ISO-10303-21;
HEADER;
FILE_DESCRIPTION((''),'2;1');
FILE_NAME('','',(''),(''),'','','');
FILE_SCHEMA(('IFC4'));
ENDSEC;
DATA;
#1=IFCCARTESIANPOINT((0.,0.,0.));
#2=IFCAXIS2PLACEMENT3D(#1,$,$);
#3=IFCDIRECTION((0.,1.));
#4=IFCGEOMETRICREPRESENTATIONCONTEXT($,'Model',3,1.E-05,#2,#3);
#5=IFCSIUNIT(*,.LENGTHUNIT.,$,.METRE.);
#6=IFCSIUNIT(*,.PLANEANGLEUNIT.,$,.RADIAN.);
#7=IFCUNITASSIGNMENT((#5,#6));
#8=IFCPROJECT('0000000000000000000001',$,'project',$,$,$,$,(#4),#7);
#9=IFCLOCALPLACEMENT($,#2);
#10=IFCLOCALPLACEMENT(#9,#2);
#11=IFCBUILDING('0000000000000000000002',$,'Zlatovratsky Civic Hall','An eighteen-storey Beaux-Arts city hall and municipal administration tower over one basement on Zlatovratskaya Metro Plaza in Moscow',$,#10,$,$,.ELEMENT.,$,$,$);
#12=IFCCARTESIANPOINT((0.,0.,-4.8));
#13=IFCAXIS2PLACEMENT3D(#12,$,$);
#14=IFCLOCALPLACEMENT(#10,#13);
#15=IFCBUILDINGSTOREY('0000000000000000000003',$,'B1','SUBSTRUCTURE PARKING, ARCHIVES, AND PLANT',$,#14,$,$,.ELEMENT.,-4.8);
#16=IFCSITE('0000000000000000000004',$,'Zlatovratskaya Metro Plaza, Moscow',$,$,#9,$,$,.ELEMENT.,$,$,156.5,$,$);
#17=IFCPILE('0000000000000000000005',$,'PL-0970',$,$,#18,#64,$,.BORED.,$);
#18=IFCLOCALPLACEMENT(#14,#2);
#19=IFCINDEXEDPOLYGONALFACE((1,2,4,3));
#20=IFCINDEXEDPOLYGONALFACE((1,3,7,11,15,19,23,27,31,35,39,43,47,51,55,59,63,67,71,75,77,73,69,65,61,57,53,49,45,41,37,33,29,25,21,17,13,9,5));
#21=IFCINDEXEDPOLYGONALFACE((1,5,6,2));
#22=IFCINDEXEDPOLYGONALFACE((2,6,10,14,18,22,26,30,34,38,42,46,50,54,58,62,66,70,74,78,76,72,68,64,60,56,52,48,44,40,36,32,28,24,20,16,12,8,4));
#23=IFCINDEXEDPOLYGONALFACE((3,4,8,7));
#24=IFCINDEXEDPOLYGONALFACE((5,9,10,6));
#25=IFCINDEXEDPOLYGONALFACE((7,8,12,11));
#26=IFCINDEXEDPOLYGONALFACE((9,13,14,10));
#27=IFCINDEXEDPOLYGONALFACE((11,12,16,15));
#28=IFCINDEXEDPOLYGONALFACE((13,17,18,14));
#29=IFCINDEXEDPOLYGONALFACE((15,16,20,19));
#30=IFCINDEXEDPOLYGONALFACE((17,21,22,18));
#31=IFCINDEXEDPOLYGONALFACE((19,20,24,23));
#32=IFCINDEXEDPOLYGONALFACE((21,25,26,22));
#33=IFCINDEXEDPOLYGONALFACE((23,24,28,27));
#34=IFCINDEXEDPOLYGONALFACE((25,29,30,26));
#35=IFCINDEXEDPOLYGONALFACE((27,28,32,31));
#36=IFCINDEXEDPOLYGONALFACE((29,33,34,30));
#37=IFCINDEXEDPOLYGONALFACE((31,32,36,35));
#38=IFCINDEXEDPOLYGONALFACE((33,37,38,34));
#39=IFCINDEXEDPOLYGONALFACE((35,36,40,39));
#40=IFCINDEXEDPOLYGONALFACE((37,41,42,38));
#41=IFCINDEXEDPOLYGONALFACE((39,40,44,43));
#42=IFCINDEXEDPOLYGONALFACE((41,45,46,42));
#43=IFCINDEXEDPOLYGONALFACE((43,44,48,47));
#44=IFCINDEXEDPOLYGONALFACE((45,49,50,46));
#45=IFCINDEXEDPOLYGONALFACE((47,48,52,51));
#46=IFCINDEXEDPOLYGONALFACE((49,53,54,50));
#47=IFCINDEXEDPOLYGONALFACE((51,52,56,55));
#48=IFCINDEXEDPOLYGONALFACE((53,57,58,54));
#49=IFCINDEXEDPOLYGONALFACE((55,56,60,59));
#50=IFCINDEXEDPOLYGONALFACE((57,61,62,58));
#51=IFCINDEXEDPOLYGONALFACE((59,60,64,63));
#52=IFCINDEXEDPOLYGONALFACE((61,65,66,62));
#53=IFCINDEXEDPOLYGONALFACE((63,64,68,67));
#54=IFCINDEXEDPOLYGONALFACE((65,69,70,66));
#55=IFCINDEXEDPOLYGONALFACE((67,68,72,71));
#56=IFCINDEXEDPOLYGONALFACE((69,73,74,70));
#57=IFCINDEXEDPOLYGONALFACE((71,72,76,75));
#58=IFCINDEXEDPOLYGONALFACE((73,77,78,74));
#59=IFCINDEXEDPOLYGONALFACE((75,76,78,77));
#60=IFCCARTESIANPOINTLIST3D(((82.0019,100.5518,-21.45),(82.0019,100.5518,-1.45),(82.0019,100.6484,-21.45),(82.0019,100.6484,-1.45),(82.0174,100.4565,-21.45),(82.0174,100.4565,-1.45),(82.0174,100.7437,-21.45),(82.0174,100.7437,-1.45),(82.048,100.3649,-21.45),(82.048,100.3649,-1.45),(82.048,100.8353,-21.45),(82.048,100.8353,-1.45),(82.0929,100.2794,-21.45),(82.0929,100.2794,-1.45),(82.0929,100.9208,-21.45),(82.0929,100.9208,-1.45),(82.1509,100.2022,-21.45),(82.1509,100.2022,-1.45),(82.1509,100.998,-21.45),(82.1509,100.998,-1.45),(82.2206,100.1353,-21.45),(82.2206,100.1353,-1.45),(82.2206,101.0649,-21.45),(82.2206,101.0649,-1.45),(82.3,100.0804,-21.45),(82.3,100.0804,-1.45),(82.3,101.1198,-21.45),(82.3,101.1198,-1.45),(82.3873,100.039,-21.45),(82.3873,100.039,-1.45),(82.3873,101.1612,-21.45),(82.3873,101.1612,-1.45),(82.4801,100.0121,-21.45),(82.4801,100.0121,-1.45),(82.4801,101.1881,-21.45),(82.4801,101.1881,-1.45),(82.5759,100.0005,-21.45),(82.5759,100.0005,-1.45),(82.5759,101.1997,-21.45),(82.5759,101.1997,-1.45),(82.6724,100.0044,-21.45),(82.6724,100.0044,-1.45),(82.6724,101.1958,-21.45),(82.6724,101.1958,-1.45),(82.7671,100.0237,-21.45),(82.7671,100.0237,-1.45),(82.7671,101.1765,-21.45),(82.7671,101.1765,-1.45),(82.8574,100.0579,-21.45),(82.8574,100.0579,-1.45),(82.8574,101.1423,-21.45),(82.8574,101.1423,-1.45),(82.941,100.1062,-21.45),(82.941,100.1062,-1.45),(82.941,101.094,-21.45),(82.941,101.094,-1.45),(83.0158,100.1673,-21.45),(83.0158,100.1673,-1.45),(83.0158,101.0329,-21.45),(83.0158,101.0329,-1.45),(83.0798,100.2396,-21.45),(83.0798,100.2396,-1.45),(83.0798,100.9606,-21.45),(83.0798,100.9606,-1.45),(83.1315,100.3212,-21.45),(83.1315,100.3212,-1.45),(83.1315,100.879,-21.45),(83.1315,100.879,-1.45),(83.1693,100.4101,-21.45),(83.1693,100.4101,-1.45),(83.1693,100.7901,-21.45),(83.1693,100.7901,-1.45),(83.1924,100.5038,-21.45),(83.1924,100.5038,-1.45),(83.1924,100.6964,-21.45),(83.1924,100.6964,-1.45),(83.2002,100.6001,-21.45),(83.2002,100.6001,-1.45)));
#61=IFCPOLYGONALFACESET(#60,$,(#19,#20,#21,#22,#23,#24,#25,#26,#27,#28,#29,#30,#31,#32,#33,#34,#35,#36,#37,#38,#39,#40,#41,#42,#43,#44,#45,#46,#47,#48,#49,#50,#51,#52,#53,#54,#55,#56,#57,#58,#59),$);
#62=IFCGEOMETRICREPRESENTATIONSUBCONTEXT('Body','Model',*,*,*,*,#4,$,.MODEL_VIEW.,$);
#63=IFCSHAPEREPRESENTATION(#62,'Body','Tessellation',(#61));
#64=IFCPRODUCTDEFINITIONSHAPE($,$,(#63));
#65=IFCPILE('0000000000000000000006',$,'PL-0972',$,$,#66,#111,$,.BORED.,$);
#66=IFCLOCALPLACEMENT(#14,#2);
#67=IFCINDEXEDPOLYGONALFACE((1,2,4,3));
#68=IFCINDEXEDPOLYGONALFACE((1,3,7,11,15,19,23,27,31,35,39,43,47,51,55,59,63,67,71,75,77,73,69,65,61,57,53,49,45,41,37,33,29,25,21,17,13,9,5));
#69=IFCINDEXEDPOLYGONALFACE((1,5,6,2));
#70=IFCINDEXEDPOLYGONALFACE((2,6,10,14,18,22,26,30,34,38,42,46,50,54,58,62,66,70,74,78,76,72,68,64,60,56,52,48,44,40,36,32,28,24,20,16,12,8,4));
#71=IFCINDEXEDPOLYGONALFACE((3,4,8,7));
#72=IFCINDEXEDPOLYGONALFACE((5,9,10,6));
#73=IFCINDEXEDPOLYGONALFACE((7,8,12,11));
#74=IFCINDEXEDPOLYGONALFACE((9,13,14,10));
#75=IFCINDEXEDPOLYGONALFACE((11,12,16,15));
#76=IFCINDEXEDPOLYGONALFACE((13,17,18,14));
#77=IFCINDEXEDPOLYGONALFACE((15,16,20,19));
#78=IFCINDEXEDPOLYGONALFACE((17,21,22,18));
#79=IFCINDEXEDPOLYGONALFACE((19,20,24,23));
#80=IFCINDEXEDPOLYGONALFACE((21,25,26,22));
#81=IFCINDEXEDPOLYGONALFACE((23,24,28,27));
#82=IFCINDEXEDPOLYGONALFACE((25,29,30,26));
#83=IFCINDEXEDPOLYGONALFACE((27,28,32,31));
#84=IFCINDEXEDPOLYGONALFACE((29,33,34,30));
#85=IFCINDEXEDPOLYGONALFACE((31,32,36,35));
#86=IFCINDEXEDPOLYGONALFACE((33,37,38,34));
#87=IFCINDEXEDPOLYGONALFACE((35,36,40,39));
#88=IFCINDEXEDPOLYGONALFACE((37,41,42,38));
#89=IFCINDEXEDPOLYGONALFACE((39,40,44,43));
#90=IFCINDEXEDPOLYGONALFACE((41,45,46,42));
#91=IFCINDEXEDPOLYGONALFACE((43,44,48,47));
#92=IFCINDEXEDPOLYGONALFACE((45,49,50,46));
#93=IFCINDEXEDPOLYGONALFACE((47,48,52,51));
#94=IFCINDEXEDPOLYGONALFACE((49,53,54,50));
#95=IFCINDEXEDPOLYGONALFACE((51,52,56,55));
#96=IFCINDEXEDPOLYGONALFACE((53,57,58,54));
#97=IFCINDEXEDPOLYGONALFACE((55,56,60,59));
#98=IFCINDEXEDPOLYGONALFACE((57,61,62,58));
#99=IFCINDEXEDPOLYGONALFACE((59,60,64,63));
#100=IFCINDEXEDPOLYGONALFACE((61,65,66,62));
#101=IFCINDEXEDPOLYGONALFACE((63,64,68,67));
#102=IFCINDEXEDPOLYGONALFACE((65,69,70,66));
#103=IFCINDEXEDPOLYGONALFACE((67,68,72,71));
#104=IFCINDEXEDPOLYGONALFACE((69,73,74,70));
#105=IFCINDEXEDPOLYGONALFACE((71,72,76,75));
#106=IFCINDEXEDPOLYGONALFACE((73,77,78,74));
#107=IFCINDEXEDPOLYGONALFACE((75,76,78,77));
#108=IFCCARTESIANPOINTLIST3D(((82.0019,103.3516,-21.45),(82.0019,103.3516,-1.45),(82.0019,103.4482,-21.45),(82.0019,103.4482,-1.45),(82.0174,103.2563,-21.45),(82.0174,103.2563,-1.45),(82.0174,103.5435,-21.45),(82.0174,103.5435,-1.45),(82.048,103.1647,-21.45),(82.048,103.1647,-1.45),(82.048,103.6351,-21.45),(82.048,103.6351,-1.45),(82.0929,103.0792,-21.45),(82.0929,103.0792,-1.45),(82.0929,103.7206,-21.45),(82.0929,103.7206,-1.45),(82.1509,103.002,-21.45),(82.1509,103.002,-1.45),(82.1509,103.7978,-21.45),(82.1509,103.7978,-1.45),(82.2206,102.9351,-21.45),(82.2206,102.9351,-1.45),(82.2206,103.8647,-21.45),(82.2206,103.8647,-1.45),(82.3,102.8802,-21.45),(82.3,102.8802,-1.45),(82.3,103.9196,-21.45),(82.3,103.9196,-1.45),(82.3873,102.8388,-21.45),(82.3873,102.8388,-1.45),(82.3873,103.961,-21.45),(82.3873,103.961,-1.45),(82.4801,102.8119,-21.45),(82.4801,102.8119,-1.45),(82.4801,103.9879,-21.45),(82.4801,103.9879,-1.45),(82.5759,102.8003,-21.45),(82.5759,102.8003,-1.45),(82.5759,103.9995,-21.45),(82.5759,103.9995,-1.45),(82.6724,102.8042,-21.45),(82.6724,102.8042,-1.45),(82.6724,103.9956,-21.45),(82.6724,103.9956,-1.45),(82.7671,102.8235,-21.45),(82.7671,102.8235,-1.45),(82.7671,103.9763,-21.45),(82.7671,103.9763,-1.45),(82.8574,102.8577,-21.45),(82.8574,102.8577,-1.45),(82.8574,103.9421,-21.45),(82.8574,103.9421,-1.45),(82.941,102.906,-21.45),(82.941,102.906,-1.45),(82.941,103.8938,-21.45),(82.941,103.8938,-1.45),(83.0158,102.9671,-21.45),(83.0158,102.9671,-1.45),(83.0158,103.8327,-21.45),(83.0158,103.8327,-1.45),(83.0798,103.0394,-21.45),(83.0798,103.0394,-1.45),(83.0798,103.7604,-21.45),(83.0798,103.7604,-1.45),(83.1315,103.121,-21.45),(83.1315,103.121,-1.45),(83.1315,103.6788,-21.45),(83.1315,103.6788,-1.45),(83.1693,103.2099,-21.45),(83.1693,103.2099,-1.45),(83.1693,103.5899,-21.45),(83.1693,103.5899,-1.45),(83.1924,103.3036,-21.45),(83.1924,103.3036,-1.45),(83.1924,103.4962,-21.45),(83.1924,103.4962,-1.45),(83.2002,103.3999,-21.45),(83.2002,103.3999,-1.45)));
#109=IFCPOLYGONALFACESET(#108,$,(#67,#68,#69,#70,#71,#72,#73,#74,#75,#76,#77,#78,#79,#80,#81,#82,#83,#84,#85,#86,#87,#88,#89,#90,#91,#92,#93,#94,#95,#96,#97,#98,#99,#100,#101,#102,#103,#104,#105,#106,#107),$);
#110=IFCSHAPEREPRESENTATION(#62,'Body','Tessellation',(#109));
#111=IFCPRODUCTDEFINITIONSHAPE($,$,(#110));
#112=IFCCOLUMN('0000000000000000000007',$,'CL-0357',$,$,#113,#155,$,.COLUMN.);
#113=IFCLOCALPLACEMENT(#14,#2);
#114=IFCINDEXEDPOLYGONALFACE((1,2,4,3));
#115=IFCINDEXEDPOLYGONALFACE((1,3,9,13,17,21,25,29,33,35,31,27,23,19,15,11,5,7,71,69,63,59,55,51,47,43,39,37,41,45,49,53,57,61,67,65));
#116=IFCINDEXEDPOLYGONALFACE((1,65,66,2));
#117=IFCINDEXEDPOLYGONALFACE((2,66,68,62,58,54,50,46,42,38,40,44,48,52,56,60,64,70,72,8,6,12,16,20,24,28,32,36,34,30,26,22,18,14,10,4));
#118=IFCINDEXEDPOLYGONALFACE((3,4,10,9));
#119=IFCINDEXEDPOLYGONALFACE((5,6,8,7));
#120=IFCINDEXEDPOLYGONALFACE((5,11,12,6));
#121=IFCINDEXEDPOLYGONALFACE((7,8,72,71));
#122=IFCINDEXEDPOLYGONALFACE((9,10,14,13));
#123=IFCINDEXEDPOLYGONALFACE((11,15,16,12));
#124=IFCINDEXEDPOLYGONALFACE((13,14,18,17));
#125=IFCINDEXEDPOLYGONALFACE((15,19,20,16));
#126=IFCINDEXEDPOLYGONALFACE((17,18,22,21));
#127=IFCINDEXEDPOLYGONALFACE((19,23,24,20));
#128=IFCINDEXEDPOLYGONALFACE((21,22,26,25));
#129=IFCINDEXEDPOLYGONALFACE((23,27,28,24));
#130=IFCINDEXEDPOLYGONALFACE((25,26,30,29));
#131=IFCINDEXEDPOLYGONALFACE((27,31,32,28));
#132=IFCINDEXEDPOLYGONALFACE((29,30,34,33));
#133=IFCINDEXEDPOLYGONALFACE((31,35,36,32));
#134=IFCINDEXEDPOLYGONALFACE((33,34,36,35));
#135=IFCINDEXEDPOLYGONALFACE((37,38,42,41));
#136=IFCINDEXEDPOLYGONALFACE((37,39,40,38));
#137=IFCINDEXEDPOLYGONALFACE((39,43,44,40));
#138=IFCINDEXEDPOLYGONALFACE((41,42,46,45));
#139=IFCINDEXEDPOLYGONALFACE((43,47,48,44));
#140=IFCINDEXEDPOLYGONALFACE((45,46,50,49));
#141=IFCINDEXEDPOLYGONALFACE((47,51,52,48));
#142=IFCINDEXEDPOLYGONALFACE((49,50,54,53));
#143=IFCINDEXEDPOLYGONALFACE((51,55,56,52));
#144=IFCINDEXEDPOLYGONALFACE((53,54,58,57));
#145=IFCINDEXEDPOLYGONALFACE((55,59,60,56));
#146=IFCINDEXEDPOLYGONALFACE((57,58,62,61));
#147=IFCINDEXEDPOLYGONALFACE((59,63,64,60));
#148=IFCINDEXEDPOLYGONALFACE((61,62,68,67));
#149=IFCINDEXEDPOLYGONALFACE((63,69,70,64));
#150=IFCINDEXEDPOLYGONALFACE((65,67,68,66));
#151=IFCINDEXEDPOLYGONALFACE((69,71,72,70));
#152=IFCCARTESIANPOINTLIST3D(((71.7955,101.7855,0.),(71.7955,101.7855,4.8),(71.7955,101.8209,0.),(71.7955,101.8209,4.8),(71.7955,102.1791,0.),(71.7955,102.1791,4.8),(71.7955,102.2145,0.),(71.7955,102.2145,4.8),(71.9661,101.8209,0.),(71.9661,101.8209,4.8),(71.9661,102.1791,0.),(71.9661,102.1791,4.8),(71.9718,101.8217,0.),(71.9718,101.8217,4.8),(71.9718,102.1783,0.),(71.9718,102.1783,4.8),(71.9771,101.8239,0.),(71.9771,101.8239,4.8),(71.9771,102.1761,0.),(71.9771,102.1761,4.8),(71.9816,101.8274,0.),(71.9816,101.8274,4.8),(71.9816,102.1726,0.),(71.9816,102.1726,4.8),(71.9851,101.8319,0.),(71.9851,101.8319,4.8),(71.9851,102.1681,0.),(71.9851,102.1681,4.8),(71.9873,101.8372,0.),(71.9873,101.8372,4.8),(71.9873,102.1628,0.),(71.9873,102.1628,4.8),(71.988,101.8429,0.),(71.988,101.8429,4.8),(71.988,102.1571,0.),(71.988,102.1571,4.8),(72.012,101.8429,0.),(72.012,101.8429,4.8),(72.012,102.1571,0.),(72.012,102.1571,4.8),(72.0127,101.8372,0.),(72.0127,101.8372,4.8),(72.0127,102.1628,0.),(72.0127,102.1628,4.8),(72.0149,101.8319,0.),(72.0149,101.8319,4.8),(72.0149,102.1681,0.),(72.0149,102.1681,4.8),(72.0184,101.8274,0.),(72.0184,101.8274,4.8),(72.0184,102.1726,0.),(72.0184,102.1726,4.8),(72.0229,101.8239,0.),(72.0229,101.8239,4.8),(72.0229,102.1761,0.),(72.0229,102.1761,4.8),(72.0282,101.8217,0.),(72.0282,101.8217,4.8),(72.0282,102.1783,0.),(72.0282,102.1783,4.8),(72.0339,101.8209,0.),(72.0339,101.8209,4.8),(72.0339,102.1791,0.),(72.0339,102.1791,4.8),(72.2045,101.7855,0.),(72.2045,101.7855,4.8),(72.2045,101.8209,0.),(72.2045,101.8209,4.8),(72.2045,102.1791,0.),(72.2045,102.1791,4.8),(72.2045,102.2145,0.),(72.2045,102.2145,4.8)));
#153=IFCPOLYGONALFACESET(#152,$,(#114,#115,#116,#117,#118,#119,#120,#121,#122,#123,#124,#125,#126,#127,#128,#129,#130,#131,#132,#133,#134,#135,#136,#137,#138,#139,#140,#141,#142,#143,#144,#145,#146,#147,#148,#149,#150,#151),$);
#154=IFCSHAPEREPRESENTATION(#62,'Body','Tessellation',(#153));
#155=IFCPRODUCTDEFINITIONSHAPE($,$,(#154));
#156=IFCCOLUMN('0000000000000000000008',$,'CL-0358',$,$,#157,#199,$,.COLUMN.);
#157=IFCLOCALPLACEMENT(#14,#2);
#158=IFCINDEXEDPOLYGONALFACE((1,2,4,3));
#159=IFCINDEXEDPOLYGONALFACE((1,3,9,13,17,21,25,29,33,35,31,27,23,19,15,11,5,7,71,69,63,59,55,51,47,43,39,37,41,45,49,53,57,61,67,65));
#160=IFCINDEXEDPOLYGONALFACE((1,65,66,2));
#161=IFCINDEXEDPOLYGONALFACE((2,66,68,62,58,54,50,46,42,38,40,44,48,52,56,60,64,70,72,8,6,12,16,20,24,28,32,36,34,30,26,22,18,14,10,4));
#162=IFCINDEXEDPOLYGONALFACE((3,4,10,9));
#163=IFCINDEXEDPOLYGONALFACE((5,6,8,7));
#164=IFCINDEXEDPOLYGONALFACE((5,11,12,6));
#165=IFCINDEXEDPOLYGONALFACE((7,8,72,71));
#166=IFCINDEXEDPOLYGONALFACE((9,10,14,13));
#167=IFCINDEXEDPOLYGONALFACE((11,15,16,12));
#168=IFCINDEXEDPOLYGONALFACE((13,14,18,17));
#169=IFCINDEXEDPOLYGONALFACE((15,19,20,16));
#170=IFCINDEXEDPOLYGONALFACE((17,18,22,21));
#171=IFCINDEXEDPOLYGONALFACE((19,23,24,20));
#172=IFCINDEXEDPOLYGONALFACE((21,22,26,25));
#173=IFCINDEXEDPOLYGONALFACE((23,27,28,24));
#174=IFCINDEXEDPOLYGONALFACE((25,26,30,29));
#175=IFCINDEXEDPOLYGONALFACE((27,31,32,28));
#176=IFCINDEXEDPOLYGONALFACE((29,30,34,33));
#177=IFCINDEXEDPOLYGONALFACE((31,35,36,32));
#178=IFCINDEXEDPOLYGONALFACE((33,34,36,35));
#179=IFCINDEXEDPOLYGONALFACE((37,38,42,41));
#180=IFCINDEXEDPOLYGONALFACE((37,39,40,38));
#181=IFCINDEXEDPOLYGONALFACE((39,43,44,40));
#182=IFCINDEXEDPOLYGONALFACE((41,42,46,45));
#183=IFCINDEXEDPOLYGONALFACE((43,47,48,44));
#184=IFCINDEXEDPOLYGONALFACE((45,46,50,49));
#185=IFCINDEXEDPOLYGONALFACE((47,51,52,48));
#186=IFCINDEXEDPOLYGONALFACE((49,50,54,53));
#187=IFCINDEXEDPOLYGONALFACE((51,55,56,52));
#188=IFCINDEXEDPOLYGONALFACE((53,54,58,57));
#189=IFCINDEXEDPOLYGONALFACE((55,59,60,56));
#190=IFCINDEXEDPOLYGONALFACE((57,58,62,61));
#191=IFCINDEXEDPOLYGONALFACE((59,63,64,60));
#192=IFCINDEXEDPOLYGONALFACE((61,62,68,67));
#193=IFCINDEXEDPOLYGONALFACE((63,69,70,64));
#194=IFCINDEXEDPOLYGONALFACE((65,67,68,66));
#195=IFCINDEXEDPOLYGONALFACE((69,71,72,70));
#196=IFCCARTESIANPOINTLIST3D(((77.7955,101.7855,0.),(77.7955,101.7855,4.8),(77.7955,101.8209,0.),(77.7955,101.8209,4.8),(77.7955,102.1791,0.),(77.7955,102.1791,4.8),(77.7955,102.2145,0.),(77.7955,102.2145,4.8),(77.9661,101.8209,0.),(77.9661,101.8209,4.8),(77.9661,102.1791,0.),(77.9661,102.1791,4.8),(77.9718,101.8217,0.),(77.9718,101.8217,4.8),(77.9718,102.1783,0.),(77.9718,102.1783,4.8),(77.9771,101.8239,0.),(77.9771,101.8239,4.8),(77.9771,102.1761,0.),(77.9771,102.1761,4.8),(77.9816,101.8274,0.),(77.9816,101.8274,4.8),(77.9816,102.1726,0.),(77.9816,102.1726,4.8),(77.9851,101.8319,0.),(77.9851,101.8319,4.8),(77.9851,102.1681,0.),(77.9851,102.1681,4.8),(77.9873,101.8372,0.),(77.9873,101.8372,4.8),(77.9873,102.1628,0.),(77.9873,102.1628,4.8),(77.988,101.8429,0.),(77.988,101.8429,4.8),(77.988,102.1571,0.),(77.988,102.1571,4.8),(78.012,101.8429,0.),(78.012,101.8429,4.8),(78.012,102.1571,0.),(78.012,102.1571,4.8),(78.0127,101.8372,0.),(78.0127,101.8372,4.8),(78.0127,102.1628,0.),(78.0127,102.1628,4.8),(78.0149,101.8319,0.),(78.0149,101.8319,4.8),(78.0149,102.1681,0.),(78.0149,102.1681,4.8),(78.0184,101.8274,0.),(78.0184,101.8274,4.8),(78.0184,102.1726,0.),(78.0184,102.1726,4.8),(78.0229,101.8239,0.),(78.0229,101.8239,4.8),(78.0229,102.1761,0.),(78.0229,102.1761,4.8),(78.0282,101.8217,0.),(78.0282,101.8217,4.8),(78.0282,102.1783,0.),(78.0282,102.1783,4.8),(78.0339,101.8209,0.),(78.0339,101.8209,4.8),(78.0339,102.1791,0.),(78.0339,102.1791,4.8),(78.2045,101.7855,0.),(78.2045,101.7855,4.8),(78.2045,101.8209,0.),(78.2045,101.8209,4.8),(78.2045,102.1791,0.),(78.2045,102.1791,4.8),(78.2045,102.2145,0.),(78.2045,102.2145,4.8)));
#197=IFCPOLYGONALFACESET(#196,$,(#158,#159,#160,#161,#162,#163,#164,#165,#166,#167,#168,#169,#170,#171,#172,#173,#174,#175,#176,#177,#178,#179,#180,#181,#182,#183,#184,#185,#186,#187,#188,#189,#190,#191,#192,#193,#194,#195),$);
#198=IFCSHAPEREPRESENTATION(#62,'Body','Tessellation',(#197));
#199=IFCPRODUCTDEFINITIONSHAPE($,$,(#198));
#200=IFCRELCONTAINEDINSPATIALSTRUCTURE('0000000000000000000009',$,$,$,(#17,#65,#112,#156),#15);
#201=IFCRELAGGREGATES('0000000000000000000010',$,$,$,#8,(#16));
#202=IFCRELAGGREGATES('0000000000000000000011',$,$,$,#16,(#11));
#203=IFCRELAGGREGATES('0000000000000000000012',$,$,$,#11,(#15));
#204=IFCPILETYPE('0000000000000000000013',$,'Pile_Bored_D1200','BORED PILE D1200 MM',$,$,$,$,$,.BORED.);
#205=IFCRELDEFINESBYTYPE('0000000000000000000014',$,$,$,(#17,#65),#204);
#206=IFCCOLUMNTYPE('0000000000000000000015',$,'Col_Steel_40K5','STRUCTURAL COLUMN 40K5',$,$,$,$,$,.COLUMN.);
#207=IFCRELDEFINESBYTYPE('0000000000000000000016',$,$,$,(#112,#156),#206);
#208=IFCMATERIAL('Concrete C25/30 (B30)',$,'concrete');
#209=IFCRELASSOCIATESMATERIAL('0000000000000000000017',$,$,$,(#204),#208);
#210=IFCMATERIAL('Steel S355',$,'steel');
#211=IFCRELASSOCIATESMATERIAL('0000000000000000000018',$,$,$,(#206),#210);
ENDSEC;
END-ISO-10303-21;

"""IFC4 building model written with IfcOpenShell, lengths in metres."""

from ifc_helpers import new_model, si_unit, direction, frame, origin, origin_2d, place, context, subcontext, project, spatial, circle, i_section, extrude, material, material_profile, profile_set, type_object, element, save


model = new_model("IFC4")

# Units and contexts
model_context = context("Model", 3, precision=1e-05, world=origin(), true_north=direction((0.0, 1.0)))
body_context = subcontext(model_context, "Body", "Model", "MODEL_VIEW")
ifc_project = project(units=[si_unit("LENGTHUNIT", "METRE"), si_unit("PLANEANGLEUNIT", "RADIAN")], contexts=[model_context])

# Site, building, storey
site_placement = place(None, origin())
site = spatial("IfcSite", under=ifc_project, at=site_placement, Name="Zlatovratskaya Metro Plaza, Moscow", CompositionType="ELEMENT", RefElevation=156.5)
building_placement = place(site_placement, origin())
building = spatial("IfcBuilding", under=site, at=building_placement, Name="Zlatovratsky Civic Hall", Description="An eighteen-storey Beaux-Arts city hall and municipal administration tower over one basement on Zlatovratskaya Metro Plaza in Moscow", CompositionType="ELEMENT")
storey_placement = place(building_placement, frame((0.0, 0.0, -4.8)))
storey = spatial("IfcBuildingStorey", under=building, at=storey_placement, Name="B1", Description="SUBSTRUCTURE PARKING, ARCHIVES, AND PLANT", CompositionType="ELEMENT", Elevation=-4.8)

# Shared definitions
ifc_material_1 = material(Name="Concrete C25/30 (B30)", Category="concrete")

# Piles
ifc_material_profile_1 = material_profile(ifc_material_1, circle(Radius=0.6001, at=origin_2d()), Name="PILE D1200")
ifc_profile_set_1 = profile_set([ifc_material_profile_1], Name="Concrete C25/30 (B30)")
pile_type_1 = type_object("IfcPileType", Name="Pile_Bored_D1200", Description="BORED PILE D1200 MM", PredefinedType="BORED", material=ifc_profile_set_1)
for number, where, z_axis, x_axis, name in (
    (1, (82.6001, 100.6001, -1.45), (0.0, 0.0, -1.0), (1.0, 0.0, 0.0), "PL-0970"),
    (2, (82.6001, 103.3999, -1.45), (0.0, 0.0, -1.0), (1.0, 0.0, 0.0), "PL-0972"),
):
    element("IfcPile", number, at=place(storey_placement, frame(where, z_axis=z_axis, x_axis=x_axis)), inside=storey, type_object=pile_type_1, Name=name, PredefinedType="BORED", context=body_context, shape_type="SweptSolid", body=[
        extrude(circle(Radius=0.6001, at=origin_2d()), origin(), (0.0, 0.0, 1.0), 20.0),
    ])

# Columns
ifc_material_2 = material(Name="Steel S355", Category="steel")
ifc_material_profile_2 = material_profile(ifc_material_2, i_section(OverallWidth=0.4089, OverallDepth=0.429, WebThickness=0.0239, FlangeThickness=0.0354, FilletRadius=0.022, at=origin_2d()), Name="40K5")
ifc_profile_set_2 = profile_set([ifc_material_profile_2], Name="Steel S355")
column_type = type_object("IfcColumnType", Name="Col_Steel_40K5", Description="STRUCTURAL COLUMN 40K5", PredefinedType="COLUMN", material=ifc_profile_set_2)
for number, where, z_axis, x_axis, name in (
    (3, (72.0, 102.0, 0.0), (0.0, 0.0, 1.0), (1.0, 0.0, 0.0), "CL-0357"),
    (4, (78.0, 102.0, 0.0), (0.0, 0.0, 1.0), (1.0, 0.0, 0.0), "CL-0358"),
):
    element("IfcColumn", number, at=place(storey_placement, frame(where, z_axis=z_axis, x_axis=x_axis)), inside=storey, type_object=column_type, Name=name, PredefinedType="COLUMN", context=body_context, shape_type="SweptSolid", body=[
        extrude(i_section(OverallWidth=0.4089, OverallDepth=0.429, WebThickness=0.0239, FlangeThickness=0.0354, FilletRadius=0.022, at=origin_2d()), origin(), (0.0, 0.0, 1.0), 4.8),
    ])

save(model, "model.ifc")
